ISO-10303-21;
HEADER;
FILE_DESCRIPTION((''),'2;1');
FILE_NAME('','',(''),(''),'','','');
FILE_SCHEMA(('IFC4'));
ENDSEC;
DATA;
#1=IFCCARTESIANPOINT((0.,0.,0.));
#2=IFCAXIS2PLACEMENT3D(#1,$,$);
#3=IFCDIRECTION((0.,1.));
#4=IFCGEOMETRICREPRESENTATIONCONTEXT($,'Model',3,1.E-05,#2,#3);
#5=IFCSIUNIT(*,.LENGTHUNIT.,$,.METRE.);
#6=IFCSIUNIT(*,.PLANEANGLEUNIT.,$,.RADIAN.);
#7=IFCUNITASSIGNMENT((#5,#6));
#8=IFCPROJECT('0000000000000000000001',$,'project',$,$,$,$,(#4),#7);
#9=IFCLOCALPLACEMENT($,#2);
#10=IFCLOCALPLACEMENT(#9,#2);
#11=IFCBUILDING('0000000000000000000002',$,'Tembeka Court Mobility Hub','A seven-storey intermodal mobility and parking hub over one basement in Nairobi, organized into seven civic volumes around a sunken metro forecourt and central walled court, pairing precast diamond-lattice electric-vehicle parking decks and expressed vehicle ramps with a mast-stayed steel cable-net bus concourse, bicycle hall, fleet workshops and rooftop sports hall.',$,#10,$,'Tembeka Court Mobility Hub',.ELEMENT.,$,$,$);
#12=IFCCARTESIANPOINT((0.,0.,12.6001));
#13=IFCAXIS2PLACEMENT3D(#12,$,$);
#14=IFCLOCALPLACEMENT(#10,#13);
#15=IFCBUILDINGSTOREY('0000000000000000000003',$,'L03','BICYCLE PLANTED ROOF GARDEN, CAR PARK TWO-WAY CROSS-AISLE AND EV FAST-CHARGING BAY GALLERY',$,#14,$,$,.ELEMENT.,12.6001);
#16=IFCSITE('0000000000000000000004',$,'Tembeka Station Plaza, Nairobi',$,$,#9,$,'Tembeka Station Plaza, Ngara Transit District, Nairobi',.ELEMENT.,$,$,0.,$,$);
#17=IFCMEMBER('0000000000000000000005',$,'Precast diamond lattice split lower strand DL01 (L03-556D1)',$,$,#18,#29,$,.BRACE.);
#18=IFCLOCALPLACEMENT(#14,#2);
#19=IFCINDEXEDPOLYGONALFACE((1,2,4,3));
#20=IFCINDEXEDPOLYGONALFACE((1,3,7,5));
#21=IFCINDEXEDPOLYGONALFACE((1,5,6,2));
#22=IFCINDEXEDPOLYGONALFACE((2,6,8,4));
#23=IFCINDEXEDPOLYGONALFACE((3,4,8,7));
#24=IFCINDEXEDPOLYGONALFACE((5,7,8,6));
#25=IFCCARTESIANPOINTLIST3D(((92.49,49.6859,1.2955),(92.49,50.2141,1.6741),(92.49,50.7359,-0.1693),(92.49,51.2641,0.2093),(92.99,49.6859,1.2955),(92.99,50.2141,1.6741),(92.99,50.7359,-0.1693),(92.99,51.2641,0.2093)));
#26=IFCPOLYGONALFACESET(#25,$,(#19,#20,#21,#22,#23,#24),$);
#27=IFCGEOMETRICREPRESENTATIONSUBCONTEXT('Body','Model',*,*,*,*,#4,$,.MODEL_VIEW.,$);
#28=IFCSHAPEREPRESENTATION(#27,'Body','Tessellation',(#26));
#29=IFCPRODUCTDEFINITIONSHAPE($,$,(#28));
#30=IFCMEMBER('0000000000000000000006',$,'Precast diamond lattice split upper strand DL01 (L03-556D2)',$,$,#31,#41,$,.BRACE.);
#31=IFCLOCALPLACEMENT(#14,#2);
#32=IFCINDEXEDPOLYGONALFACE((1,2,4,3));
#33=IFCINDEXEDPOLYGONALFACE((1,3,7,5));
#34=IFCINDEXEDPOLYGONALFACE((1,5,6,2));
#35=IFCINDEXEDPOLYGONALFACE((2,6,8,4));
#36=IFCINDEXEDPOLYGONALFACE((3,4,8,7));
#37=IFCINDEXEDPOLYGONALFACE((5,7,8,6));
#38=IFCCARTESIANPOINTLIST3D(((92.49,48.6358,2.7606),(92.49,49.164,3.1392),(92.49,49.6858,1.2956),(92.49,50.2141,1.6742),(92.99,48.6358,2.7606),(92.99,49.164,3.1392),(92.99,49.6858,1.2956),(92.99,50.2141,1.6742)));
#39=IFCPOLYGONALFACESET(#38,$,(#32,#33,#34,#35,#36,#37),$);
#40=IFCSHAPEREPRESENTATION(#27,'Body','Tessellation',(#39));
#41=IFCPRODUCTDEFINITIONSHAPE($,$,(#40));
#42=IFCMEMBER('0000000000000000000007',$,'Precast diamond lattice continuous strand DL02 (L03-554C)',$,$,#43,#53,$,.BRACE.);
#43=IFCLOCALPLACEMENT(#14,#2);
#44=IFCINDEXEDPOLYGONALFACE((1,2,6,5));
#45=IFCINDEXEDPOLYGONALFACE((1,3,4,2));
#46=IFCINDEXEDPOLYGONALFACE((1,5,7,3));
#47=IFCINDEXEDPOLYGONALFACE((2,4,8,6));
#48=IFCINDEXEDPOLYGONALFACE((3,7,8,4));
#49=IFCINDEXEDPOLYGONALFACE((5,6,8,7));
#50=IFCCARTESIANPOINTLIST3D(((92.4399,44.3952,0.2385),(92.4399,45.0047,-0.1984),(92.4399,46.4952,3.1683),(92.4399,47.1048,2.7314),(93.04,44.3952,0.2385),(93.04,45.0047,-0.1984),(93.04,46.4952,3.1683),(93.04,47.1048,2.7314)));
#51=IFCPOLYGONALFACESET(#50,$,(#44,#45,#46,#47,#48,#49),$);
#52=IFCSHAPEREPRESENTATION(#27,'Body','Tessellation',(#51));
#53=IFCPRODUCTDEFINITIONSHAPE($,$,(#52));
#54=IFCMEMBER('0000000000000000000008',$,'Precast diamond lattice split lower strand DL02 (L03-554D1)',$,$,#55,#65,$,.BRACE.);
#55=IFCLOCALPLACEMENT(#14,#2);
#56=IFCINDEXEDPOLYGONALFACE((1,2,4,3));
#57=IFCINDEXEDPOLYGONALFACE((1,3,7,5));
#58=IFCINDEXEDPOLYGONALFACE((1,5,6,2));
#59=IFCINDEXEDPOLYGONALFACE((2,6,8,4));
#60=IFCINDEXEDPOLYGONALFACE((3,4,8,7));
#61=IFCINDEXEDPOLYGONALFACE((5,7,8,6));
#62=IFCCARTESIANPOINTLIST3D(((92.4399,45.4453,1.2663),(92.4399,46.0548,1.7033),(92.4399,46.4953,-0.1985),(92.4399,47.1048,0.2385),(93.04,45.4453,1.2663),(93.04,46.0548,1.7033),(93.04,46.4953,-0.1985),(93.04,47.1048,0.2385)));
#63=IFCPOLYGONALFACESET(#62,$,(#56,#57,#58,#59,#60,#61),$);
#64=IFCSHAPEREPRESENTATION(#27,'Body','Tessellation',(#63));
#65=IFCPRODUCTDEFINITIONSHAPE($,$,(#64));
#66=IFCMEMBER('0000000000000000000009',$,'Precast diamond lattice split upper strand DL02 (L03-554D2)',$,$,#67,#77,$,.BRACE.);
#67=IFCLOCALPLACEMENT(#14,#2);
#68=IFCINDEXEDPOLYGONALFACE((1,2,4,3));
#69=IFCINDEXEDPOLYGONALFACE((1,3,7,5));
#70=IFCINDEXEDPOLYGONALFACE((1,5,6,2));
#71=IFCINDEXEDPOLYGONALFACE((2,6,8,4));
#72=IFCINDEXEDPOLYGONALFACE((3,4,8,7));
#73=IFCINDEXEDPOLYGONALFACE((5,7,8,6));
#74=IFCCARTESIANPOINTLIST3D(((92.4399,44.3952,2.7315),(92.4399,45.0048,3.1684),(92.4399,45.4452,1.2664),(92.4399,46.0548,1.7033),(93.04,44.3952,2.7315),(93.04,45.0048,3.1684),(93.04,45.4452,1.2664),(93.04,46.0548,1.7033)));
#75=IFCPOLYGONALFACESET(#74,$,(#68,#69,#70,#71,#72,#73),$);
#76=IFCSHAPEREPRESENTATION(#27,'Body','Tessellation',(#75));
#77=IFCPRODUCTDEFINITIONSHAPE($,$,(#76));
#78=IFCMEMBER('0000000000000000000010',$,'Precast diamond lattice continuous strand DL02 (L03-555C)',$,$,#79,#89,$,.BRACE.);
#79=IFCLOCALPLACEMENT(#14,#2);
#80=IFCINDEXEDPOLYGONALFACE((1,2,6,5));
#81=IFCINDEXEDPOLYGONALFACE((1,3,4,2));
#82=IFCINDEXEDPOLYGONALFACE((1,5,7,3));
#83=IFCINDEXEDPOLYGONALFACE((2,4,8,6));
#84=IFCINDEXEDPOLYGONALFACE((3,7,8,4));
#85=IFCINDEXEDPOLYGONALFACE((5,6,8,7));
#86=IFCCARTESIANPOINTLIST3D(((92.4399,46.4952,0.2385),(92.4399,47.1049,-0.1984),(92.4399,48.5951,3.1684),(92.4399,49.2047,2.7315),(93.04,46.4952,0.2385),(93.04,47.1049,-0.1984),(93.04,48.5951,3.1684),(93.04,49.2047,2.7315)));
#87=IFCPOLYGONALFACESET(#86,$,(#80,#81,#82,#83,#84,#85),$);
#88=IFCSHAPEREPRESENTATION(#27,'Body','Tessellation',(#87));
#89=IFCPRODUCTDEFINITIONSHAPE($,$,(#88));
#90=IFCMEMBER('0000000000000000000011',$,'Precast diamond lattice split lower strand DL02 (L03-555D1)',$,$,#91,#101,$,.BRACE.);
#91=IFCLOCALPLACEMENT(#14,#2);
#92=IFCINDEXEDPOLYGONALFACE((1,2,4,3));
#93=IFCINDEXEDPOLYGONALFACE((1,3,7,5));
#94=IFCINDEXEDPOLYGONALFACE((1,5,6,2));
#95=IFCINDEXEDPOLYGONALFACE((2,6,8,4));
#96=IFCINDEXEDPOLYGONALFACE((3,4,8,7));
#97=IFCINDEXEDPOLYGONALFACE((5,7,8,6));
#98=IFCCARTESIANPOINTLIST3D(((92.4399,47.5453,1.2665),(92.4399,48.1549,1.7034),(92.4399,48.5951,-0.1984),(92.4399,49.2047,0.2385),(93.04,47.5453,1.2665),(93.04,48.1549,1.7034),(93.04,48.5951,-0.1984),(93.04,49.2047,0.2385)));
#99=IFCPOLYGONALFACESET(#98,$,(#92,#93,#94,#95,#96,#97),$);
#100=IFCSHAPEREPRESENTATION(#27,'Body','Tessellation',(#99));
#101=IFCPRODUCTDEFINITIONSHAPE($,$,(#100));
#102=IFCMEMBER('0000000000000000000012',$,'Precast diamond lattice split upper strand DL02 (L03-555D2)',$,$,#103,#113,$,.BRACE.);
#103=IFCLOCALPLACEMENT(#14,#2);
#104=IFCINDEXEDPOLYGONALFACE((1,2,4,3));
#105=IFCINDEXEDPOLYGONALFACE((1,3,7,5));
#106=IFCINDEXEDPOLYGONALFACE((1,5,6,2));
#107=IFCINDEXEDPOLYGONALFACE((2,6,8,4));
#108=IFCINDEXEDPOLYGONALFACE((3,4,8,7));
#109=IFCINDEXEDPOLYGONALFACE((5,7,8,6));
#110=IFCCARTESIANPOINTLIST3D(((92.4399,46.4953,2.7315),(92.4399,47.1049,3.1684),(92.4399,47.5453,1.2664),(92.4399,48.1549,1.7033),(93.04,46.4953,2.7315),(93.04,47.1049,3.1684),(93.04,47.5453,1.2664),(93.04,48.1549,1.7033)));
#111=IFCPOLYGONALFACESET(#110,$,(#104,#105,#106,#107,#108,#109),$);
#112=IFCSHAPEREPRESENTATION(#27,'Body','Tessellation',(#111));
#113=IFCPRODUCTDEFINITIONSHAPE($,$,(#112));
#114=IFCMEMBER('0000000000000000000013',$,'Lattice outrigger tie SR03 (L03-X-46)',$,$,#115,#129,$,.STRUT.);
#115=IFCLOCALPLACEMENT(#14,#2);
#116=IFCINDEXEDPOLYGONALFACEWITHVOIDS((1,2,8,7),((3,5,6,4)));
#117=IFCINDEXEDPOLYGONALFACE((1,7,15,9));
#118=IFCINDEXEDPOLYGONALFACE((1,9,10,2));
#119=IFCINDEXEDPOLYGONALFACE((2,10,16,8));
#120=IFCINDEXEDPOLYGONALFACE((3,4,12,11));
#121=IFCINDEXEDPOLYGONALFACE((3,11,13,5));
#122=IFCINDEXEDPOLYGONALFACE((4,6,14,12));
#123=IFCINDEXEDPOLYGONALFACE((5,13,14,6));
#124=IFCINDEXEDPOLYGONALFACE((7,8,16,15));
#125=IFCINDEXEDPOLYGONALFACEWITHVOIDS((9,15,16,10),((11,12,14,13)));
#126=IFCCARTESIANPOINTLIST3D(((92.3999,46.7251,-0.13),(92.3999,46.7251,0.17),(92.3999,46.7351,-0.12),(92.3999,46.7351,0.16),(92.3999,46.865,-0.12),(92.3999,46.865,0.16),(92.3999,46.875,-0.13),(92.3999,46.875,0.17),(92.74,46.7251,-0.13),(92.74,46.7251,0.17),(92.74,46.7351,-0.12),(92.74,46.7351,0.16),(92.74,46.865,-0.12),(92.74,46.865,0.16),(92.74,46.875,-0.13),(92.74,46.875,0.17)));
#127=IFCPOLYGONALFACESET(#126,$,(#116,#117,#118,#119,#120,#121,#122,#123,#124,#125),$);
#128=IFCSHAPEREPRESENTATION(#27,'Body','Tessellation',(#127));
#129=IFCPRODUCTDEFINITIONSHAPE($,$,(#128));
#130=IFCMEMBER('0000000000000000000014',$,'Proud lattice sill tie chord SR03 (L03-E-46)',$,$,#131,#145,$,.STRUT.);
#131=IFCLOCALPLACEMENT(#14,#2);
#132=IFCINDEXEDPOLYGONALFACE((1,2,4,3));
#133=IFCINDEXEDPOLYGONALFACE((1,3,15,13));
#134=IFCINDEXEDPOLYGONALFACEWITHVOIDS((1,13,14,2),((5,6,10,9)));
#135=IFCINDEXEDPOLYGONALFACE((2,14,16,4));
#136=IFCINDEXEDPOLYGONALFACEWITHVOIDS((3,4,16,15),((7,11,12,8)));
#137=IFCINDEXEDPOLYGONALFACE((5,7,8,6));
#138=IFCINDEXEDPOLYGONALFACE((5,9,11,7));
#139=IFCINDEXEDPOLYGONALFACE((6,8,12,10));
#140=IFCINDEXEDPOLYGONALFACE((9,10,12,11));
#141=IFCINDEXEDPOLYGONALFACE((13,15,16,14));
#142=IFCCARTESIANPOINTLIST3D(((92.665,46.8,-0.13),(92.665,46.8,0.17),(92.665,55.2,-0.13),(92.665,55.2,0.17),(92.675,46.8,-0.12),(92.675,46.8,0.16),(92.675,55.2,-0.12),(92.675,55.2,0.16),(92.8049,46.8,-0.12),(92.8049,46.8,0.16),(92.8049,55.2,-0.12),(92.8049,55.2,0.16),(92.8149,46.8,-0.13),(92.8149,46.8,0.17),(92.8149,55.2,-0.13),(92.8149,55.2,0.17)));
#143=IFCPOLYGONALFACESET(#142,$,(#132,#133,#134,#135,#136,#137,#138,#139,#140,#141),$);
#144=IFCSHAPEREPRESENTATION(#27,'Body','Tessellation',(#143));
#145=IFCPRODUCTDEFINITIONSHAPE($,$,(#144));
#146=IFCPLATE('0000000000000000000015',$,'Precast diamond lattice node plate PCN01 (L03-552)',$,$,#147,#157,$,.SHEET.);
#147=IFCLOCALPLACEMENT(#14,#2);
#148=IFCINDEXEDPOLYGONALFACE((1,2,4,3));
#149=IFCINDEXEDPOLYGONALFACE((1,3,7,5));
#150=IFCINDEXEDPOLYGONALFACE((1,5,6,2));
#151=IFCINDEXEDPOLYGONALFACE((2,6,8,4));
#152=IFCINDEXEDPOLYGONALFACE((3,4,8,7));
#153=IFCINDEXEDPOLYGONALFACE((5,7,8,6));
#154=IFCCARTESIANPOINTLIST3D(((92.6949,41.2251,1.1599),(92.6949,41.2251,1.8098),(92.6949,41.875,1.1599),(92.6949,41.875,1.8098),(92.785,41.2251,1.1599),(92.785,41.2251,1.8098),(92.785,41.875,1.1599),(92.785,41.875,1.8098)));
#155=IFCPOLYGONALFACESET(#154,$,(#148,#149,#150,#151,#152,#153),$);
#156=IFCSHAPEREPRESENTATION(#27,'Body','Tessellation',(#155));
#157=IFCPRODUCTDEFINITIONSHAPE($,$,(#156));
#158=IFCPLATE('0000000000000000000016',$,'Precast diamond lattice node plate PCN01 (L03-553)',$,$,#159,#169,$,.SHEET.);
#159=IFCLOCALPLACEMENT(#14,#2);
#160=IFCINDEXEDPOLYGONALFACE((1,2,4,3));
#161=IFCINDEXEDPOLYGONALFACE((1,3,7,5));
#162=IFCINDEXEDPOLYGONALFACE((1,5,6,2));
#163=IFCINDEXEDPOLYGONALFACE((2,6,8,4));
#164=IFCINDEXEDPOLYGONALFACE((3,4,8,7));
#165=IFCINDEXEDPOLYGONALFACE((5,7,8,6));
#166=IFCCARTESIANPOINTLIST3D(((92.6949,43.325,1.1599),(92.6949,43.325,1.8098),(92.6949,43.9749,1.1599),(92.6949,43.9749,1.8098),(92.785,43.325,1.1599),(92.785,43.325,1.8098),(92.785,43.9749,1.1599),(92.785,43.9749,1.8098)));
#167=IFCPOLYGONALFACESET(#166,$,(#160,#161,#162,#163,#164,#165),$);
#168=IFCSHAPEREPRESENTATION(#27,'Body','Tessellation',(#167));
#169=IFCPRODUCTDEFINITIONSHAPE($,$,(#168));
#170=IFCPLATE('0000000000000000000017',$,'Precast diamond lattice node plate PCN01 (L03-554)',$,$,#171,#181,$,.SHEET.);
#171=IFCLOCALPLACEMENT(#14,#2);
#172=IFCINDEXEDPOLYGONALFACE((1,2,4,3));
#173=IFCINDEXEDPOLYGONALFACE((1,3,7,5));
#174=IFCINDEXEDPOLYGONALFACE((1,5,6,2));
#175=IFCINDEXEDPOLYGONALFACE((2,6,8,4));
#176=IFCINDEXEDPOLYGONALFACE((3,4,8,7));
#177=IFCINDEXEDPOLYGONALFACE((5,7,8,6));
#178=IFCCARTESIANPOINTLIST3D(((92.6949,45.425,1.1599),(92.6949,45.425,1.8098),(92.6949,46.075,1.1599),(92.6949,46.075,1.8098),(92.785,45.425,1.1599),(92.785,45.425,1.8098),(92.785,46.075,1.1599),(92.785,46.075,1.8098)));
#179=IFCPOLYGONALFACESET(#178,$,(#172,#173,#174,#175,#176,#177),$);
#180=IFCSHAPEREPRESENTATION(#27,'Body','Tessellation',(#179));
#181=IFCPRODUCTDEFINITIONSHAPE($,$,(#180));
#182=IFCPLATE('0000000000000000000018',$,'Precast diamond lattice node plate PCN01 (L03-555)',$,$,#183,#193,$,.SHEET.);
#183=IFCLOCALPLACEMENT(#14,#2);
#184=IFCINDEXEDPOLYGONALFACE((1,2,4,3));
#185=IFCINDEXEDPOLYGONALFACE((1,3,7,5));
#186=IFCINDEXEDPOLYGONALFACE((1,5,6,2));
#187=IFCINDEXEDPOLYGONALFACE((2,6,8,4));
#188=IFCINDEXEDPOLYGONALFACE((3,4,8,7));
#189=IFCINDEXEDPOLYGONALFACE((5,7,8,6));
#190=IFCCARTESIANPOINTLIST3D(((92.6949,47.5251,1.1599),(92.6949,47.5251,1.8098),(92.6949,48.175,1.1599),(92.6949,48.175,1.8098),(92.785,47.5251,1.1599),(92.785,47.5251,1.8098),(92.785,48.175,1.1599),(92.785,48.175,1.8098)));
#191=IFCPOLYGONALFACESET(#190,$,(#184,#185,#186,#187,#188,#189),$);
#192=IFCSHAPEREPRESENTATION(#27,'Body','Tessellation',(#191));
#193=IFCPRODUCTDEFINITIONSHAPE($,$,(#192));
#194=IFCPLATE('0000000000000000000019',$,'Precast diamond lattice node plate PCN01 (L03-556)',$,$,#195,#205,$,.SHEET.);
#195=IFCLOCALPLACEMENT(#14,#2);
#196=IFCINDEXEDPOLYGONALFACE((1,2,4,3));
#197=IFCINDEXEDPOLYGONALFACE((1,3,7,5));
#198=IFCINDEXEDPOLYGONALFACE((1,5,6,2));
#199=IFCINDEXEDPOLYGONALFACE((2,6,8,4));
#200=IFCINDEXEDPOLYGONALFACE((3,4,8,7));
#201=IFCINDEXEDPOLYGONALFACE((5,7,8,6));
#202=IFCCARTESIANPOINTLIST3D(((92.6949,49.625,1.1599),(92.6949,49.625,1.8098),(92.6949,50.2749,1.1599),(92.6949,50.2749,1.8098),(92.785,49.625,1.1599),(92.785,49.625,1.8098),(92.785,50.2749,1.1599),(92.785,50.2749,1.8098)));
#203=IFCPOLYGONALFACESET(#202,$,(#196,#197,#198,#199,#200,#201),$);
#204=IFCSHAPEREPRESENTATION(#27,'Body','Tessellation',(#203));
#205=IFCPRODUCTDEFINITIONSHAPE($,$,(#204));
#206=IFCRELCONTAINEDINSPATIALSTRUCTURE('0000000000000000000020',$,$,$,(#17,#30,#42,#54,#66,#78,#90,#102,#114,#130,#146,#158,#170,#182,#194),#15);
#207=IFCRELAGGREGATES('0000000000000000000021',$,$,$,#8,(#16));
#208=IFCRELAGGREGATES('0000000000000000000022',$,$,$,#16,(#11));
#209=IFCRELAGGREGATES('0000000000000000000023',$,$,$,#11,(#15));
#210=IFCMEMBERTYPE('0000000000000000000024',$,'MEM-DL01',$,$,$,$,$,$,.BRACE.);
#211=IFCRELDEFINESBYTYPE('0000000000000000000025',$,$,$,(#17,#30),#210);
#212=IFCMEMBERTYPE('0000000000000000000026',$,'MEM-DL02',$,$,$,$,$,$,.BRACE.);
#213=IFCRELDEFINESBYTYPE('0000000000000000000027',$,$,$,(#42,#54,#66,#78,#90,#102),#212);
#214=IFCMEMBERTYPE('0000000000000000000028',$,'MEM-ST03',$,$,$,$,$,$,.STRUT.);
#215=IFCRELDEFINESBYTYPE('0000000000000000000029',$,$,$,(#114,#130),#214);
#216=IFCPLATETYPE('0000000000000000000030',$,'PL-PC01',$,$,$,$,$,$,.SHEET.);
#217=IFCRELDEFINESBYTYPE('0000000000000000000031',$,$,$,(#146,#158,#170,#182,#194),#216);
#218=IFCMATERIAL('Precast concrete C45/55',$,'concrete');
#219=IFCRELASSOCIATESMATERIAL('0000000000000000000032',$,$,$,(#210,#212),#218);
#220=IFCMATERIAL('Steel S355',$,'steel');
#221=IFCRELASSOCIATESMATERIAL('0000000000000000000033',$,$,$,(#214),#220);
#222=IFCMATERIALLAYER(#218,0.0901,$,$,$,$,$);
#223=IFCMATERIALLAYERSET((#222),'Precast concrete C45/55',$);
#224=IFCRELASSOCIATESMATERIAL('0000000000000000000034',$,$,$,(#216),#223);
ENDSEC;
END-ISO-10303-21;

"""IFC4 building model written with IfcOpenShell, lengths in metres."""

from ifc_helpers import new_model, si_unit, direction, frame, origin, origin_2d, place, context, subcontext, project, spatial, rectangle, hollow_rectangle, extrude, material, layer, layer_set, material_profile, profile_set, type_object, element, save


model = new_model("IFC4")

# Units and contexts
model_context = context("Model", 3, precision=1e-05, world=origin(), true_north=direction((0.0, 1.0)))
body_context = subcontext(model_context, "Body", "Model", "MODEL_VIEW")
ifc_project = project(units=[si_unit("LENGTHUNIT", "METRE"), si_unit("PLANEANGLEUNIT", "RADIAN")], contexts=[model_context])

# Site, building, storey
site_placement = place(None, origin())
site = spatial("IfcSite", under=ifc_project, at=site_placement, Name="Tembeka Station Plaza, Nairobi", LongName="Tembeka Station Plaza, Ngara Transit District, Nairobi", CompositionType="ELEMENT", RefElevation=0.0)
building_placement = place(site_placement, origin())
building = spatial("IfcBuilding", under=site, at=building_placement, Name="Tembeka Court Mobility Hub", Description="A seven-storey intermodal mobility and parking hub over one basement in Nairobi, organized into seven civic volumes around a sunken metro forecourt and central walled court, pairing precast diamond-lattice electric-vehicle parking decks and expressed vehicle ramps with a mast-stayed steel cable-net bus concourse, bicycle hall, fleet workshops and rooftop sports hall.", LongName="Tembeka Court Mobility Hub", CompositionType="ELEMENT")
storey_placement = place(building_placement, frame((0.0, 0.0, 12.6001)))
storey = spatial("IfcBuildingStorey", under=building, at=storey_placement, Name="L03", Description="BICYCLE PLANTED ROOF GARDEN, CAR PARK TWO-WAY CROSS-AISLE AND EV FAST-CHARGING BAY GALLERY", CompositionType="ELEMENT", Elevation=12.6001)

# Shared definitions
ifc_material_1 = material(Name="Steel S355", Category="steel")

# Shared definitions
ifc_material_2 = material(Name="Precast concrete C45/55", Category="concrete")

# Members
ifc_material_profile_1 = material_profile(ifc_material_2, rectangle(XDim=0.5, YDim=0.6499, at=origin_2d()), Name="PC-DIAG 500x650")
ifc_profile_set_1 = profile_set([ifc_material_profile_1], Name="Precast concrete C45/55")
member_type_1 = type_object("IfcMemberType", Name="MEM-DL01", PredefinedType="BRACE", material=ifc_profile_set_1)
member_1_placement = place(storey_placement, frame((92.74, 51.0, 0.02), z_axis=(0.0, -0.582608, 0.812753), x_axis=(1.0, 0.0, 0.0)))
element("IfcMember", 1, at=member_1_placement, inside=storey, type_object=member_type_1, Name="Precast diamond lattice split lower strand DL01 (L03-556D1)", PredefinedType="BRACE", context=body_context, shape_type="SweptSolid", body=[
    extrude(rectangle(XDim=0.5, YDim=0.6499, at=origin_2d()), origin(), (0.0, 0.0, 1.0), 1.8022),
])
member_2_placement = place(storey_placement, frame((92.74, 49.95, 1.4849), z_axis=(0.0, -0.582544, 0.812799), x_axis=(1.0, 0.0, 0.0)))
element("IfcMember", 2, at=member_2_placement, inside=storey, type_object=member_type_1, Name="Precast diamond lattice split upper strand DL01 (L03-556D2)", PredefinedType="BRACE", context=body_context, shape_type="SweptSolid", body=[
    extrude(rectangle(XDim=0.5, YDim=0.6499, at=origin_2d()), origin(), (0.0, 0.0, 1.0), 1.8025),
])
ifc_material_profile_2 = material_profile(ifc_material_2, rectangle(XDim=0.6001, YDim=0.75, at=origin_2d()), Name="PC-DIAG 600x750")
ifc_profile_set_2 = profile_set([ifc_material_profile_2], Name="Precast concrete C45/55")
member_type_2 = type_object("IfcMemberType", Name="MEM-DL02", PredefinedType="BRACE", material=ifc_profile_set_2)
member_3_placement = place(storey_placement, frame((92.74, 44.7, 0.02), z_axis=(0.0, 0.582576, 0.812776), x_axis=(-1.0, 0.0, 0.0)))
element("IfcMember", 3, at=member_3_placement, inside=storey, type_object=member_type_2, Name="Precast diamond lattice continuous strand DL02 (L03-554C)", PredefinedType="BRACE", context=body_context, shape_type="SweptSolid", body=[
    extrude(rectangle(XDim=0.6001, YDim=0.75, at=origin_2d()), origin(), (0.0, 0.0, 1.0), 3.6047),
])
member_4_placement = place(storey_placement, frame((92.74, 46.8, 0.02), z_axis=(0.0, -0.582608, 0.812753), x_axis=(1.0, 0.0, 0.0)))
element("IfcMember", 4, at=member_4_placement, inside=storey, type_object=member_type_2, Name="Precast diamond lattice split lower strand DL02 (L03-554D1)", PredefinedType="BRACE", context=body_context, shape_type="SweptSolid", body=[
    extrude(rectangle(XDim=0.6001, YDim=0.75, at=origin_2d()), origin(), (0.0, 0.0, 1.0), 1.8022),
])
member_5_placement = place(storey_placement, frame((92.74, 45.75, 1.4849), z_axis=(0.0, -0.582544, 0.812799), x_axis=(1.0, 0.0, 0.0)))
element("IfcMember", 5, at=member_5_placement, inside=storey, type_object=member_type_2, Name="Precast diamond lattice split upper strand DL02 (L03-554D2)", PredefinedType="BRACE", context=body_context, shape_type="SweptSolid", body=[
    extrude(rectangle(XDim=0.6001, YDim=0.75, at=origin_2d()), origin(), (0.0, 0.0, 1.0), 1.8025),
])
member_6_placement = place(storey_placement, frame((92.74, 46.8, 0.02), z_axis=(0.0, 0.582532, 0.812808), x_axis=(-1.0, 0.0, 0.0)))
element("IfcMember", 6, at=member_6_placement, inside=storey, type_object=member_type_2, Name="Precast diamond lattice continuous strand DL02 (L03-555C)", PredefinedType="BRACE", context=body_context, shape_type="SweptSolid", body=[
    extrude(rectangle(XDim=0.6001, YDim=0.75, at=origin_2d()), origin(), (0.0, 0.0, 1.0), 3.6047),
])
member_7_placement = place(storey_placement, frame((92.74, 48.8999, 0.02), z_axis=(0.0, -0.582519, 0.812817), x_axis=(1.0, 0.0, 0.0)))
element("IfcMember", 7, at=member_7_placement, inside=storey, type_object=member_type_2, Name="Precast diamond lattice split lower strand DL02 (L03-555D1)", PredefinedType="BRACE", context=body_context, shape_type="SweptSolid", body=[
    extrude(rectangle(XDim=0.6001, YDim=0.75, at=origin_2d()), origin(), (0.0, 0.0, 1.0), 1.8022),
])
member_8_placement = place(storey_placement, frame((92.74, 47.8501, 1.4849), z_axis=(0.0, -0.582544, 0.812799), x_axis=(1.0, 0.0, 0.0)))
element("IfcMember", 8, at=member_8_placement, inside=storey, type_object=member_type_2, Name="Precast diamond lattice split upper strand DL02 (L03-555D2)", PredefinedType="BRACE", context=body_context, shape_type="SweptSolid", body=[
    extrude(rectangle(XDim=0.6001, YDim=0.75, at=origin_2d()), origin(), (0.0, 0.0, 1.0), 1.8025),
])
ifc_material_profile_3 = material_profile(ifc_material_1, hollow_rectangle(XDim=0.1499, YDim=0.3, WallThickness=0.01, at=origin_2d()), Name="RHS 300x150x10")
ifc_profile_set_3 = profile_set([ifc_material_profile_3], Name="Steel S355")
member_type_3 = type_object("IfcMemberType", Name="MEM-ST03", PredefinedType="STRUT", material=ifc_profile_set_3)
member_9_placement = place(storey_placement, frame((92.3999, 46.8, 0.02), z_axis=(1.0, 0.0, 0.0), x_axis=(0.0, 1.0, 0.0)))
element("IfcMember", 9, at=member_9_placement, inside=storey, type_object=member_type_3, Name="Lattice outrigger tie SR03 (L03-X-46)", PredefinedType="STRUT", context=body_context, shape_type="SweptSolid", body=[
    extrude(hollow_rectangle(XDim=0.1499, YDim=0.3, WallThickness=0.01, at=origin_2d()), origin(), (0.0, 0.0, 1.0), 0.3401),
])
member_10_placement = place(storey_placement, frame((92.74, 46.8, 0.02), z_axis=(0.0, 1.0, 0.0), x_axis=(-1.0, 0.0, 0.0)))
element("IfcMember", 10, at=member_10_placement, inside=storey, type_object=member_type_3, Name="Proud lattice sill tie chord SR03 (L03-E-46)", PredefinedType="STRUT", context=body_context, shape_type="SweptSolid", body=[
    extrude(hollow_rectangle(XDim=0.1499, YDim=0.3, WallThickness=0.01, at=origin_2d()), origin(), (0.0, 0.0, 1.0), 8.3999),
])

# Plates
ifc_layer_1 = layer(ifc_material_2, 0.0901)
ifc_layer_set_1 = layer_set([ifc_layer_1], Name="Precast concrete C45/55")
plate_type = type_object("IfcPlateType", Name="PL-PC01", PredefinedType="SHEET", material=ifc_layer_set_1)
for number, where, z_axis, x_axis, name in (
    (11, (92.74, 41.55, 1.1599), (0.0, 0.0, 1.0), (1.0, 0.0, 0.0), "Precast diamond lattice node plate PCN01 (L03-552)"),
    (12, (92.74, 43.6499, 1.1599), (0.0, 0.0, 1.0), (1.0, 0.0, 0.0), "Precast diamond lattice node plate PCN01 (L03-553)"),
    (13, (92.74, 45.75, 1.1599), (0.0, 0.0, 1.0), (1.0, 0.0, 0.0), "Precast diamond lattice node plate PCN01 (L03-554)"),
    (14, (92.74, 47.8501, 1.1599), (0.0, 0.0, 1.0), (1.0, 0.0, 0.0), "Precast diamond lattice node plate PCN01 (L03-555)"),
    (15, (92.74, 49.95, 1.1599), (0.0, 0.0, 1.0), (1.0, 0.0, 0.0), "Precast diamond lattice node plate PCN01 (L03-556)"),
):
    element("IfcPlate", number, at=place(storey_placement, frame(where, z_axis=z_axis, x_axis=x_axis)), inside=storey, type_object=plate_type, Name=name, PredefinedType="SHEET", context=body_context, shape_type="SweptSolid", body=[
        extrude(rectangle(XDim=0.0901, YDim=0.6499, at=origin_2d()), origin(), (0.0, 0.0, 1.0), 0.6499),
    ])

save(model, "model.ifc")
